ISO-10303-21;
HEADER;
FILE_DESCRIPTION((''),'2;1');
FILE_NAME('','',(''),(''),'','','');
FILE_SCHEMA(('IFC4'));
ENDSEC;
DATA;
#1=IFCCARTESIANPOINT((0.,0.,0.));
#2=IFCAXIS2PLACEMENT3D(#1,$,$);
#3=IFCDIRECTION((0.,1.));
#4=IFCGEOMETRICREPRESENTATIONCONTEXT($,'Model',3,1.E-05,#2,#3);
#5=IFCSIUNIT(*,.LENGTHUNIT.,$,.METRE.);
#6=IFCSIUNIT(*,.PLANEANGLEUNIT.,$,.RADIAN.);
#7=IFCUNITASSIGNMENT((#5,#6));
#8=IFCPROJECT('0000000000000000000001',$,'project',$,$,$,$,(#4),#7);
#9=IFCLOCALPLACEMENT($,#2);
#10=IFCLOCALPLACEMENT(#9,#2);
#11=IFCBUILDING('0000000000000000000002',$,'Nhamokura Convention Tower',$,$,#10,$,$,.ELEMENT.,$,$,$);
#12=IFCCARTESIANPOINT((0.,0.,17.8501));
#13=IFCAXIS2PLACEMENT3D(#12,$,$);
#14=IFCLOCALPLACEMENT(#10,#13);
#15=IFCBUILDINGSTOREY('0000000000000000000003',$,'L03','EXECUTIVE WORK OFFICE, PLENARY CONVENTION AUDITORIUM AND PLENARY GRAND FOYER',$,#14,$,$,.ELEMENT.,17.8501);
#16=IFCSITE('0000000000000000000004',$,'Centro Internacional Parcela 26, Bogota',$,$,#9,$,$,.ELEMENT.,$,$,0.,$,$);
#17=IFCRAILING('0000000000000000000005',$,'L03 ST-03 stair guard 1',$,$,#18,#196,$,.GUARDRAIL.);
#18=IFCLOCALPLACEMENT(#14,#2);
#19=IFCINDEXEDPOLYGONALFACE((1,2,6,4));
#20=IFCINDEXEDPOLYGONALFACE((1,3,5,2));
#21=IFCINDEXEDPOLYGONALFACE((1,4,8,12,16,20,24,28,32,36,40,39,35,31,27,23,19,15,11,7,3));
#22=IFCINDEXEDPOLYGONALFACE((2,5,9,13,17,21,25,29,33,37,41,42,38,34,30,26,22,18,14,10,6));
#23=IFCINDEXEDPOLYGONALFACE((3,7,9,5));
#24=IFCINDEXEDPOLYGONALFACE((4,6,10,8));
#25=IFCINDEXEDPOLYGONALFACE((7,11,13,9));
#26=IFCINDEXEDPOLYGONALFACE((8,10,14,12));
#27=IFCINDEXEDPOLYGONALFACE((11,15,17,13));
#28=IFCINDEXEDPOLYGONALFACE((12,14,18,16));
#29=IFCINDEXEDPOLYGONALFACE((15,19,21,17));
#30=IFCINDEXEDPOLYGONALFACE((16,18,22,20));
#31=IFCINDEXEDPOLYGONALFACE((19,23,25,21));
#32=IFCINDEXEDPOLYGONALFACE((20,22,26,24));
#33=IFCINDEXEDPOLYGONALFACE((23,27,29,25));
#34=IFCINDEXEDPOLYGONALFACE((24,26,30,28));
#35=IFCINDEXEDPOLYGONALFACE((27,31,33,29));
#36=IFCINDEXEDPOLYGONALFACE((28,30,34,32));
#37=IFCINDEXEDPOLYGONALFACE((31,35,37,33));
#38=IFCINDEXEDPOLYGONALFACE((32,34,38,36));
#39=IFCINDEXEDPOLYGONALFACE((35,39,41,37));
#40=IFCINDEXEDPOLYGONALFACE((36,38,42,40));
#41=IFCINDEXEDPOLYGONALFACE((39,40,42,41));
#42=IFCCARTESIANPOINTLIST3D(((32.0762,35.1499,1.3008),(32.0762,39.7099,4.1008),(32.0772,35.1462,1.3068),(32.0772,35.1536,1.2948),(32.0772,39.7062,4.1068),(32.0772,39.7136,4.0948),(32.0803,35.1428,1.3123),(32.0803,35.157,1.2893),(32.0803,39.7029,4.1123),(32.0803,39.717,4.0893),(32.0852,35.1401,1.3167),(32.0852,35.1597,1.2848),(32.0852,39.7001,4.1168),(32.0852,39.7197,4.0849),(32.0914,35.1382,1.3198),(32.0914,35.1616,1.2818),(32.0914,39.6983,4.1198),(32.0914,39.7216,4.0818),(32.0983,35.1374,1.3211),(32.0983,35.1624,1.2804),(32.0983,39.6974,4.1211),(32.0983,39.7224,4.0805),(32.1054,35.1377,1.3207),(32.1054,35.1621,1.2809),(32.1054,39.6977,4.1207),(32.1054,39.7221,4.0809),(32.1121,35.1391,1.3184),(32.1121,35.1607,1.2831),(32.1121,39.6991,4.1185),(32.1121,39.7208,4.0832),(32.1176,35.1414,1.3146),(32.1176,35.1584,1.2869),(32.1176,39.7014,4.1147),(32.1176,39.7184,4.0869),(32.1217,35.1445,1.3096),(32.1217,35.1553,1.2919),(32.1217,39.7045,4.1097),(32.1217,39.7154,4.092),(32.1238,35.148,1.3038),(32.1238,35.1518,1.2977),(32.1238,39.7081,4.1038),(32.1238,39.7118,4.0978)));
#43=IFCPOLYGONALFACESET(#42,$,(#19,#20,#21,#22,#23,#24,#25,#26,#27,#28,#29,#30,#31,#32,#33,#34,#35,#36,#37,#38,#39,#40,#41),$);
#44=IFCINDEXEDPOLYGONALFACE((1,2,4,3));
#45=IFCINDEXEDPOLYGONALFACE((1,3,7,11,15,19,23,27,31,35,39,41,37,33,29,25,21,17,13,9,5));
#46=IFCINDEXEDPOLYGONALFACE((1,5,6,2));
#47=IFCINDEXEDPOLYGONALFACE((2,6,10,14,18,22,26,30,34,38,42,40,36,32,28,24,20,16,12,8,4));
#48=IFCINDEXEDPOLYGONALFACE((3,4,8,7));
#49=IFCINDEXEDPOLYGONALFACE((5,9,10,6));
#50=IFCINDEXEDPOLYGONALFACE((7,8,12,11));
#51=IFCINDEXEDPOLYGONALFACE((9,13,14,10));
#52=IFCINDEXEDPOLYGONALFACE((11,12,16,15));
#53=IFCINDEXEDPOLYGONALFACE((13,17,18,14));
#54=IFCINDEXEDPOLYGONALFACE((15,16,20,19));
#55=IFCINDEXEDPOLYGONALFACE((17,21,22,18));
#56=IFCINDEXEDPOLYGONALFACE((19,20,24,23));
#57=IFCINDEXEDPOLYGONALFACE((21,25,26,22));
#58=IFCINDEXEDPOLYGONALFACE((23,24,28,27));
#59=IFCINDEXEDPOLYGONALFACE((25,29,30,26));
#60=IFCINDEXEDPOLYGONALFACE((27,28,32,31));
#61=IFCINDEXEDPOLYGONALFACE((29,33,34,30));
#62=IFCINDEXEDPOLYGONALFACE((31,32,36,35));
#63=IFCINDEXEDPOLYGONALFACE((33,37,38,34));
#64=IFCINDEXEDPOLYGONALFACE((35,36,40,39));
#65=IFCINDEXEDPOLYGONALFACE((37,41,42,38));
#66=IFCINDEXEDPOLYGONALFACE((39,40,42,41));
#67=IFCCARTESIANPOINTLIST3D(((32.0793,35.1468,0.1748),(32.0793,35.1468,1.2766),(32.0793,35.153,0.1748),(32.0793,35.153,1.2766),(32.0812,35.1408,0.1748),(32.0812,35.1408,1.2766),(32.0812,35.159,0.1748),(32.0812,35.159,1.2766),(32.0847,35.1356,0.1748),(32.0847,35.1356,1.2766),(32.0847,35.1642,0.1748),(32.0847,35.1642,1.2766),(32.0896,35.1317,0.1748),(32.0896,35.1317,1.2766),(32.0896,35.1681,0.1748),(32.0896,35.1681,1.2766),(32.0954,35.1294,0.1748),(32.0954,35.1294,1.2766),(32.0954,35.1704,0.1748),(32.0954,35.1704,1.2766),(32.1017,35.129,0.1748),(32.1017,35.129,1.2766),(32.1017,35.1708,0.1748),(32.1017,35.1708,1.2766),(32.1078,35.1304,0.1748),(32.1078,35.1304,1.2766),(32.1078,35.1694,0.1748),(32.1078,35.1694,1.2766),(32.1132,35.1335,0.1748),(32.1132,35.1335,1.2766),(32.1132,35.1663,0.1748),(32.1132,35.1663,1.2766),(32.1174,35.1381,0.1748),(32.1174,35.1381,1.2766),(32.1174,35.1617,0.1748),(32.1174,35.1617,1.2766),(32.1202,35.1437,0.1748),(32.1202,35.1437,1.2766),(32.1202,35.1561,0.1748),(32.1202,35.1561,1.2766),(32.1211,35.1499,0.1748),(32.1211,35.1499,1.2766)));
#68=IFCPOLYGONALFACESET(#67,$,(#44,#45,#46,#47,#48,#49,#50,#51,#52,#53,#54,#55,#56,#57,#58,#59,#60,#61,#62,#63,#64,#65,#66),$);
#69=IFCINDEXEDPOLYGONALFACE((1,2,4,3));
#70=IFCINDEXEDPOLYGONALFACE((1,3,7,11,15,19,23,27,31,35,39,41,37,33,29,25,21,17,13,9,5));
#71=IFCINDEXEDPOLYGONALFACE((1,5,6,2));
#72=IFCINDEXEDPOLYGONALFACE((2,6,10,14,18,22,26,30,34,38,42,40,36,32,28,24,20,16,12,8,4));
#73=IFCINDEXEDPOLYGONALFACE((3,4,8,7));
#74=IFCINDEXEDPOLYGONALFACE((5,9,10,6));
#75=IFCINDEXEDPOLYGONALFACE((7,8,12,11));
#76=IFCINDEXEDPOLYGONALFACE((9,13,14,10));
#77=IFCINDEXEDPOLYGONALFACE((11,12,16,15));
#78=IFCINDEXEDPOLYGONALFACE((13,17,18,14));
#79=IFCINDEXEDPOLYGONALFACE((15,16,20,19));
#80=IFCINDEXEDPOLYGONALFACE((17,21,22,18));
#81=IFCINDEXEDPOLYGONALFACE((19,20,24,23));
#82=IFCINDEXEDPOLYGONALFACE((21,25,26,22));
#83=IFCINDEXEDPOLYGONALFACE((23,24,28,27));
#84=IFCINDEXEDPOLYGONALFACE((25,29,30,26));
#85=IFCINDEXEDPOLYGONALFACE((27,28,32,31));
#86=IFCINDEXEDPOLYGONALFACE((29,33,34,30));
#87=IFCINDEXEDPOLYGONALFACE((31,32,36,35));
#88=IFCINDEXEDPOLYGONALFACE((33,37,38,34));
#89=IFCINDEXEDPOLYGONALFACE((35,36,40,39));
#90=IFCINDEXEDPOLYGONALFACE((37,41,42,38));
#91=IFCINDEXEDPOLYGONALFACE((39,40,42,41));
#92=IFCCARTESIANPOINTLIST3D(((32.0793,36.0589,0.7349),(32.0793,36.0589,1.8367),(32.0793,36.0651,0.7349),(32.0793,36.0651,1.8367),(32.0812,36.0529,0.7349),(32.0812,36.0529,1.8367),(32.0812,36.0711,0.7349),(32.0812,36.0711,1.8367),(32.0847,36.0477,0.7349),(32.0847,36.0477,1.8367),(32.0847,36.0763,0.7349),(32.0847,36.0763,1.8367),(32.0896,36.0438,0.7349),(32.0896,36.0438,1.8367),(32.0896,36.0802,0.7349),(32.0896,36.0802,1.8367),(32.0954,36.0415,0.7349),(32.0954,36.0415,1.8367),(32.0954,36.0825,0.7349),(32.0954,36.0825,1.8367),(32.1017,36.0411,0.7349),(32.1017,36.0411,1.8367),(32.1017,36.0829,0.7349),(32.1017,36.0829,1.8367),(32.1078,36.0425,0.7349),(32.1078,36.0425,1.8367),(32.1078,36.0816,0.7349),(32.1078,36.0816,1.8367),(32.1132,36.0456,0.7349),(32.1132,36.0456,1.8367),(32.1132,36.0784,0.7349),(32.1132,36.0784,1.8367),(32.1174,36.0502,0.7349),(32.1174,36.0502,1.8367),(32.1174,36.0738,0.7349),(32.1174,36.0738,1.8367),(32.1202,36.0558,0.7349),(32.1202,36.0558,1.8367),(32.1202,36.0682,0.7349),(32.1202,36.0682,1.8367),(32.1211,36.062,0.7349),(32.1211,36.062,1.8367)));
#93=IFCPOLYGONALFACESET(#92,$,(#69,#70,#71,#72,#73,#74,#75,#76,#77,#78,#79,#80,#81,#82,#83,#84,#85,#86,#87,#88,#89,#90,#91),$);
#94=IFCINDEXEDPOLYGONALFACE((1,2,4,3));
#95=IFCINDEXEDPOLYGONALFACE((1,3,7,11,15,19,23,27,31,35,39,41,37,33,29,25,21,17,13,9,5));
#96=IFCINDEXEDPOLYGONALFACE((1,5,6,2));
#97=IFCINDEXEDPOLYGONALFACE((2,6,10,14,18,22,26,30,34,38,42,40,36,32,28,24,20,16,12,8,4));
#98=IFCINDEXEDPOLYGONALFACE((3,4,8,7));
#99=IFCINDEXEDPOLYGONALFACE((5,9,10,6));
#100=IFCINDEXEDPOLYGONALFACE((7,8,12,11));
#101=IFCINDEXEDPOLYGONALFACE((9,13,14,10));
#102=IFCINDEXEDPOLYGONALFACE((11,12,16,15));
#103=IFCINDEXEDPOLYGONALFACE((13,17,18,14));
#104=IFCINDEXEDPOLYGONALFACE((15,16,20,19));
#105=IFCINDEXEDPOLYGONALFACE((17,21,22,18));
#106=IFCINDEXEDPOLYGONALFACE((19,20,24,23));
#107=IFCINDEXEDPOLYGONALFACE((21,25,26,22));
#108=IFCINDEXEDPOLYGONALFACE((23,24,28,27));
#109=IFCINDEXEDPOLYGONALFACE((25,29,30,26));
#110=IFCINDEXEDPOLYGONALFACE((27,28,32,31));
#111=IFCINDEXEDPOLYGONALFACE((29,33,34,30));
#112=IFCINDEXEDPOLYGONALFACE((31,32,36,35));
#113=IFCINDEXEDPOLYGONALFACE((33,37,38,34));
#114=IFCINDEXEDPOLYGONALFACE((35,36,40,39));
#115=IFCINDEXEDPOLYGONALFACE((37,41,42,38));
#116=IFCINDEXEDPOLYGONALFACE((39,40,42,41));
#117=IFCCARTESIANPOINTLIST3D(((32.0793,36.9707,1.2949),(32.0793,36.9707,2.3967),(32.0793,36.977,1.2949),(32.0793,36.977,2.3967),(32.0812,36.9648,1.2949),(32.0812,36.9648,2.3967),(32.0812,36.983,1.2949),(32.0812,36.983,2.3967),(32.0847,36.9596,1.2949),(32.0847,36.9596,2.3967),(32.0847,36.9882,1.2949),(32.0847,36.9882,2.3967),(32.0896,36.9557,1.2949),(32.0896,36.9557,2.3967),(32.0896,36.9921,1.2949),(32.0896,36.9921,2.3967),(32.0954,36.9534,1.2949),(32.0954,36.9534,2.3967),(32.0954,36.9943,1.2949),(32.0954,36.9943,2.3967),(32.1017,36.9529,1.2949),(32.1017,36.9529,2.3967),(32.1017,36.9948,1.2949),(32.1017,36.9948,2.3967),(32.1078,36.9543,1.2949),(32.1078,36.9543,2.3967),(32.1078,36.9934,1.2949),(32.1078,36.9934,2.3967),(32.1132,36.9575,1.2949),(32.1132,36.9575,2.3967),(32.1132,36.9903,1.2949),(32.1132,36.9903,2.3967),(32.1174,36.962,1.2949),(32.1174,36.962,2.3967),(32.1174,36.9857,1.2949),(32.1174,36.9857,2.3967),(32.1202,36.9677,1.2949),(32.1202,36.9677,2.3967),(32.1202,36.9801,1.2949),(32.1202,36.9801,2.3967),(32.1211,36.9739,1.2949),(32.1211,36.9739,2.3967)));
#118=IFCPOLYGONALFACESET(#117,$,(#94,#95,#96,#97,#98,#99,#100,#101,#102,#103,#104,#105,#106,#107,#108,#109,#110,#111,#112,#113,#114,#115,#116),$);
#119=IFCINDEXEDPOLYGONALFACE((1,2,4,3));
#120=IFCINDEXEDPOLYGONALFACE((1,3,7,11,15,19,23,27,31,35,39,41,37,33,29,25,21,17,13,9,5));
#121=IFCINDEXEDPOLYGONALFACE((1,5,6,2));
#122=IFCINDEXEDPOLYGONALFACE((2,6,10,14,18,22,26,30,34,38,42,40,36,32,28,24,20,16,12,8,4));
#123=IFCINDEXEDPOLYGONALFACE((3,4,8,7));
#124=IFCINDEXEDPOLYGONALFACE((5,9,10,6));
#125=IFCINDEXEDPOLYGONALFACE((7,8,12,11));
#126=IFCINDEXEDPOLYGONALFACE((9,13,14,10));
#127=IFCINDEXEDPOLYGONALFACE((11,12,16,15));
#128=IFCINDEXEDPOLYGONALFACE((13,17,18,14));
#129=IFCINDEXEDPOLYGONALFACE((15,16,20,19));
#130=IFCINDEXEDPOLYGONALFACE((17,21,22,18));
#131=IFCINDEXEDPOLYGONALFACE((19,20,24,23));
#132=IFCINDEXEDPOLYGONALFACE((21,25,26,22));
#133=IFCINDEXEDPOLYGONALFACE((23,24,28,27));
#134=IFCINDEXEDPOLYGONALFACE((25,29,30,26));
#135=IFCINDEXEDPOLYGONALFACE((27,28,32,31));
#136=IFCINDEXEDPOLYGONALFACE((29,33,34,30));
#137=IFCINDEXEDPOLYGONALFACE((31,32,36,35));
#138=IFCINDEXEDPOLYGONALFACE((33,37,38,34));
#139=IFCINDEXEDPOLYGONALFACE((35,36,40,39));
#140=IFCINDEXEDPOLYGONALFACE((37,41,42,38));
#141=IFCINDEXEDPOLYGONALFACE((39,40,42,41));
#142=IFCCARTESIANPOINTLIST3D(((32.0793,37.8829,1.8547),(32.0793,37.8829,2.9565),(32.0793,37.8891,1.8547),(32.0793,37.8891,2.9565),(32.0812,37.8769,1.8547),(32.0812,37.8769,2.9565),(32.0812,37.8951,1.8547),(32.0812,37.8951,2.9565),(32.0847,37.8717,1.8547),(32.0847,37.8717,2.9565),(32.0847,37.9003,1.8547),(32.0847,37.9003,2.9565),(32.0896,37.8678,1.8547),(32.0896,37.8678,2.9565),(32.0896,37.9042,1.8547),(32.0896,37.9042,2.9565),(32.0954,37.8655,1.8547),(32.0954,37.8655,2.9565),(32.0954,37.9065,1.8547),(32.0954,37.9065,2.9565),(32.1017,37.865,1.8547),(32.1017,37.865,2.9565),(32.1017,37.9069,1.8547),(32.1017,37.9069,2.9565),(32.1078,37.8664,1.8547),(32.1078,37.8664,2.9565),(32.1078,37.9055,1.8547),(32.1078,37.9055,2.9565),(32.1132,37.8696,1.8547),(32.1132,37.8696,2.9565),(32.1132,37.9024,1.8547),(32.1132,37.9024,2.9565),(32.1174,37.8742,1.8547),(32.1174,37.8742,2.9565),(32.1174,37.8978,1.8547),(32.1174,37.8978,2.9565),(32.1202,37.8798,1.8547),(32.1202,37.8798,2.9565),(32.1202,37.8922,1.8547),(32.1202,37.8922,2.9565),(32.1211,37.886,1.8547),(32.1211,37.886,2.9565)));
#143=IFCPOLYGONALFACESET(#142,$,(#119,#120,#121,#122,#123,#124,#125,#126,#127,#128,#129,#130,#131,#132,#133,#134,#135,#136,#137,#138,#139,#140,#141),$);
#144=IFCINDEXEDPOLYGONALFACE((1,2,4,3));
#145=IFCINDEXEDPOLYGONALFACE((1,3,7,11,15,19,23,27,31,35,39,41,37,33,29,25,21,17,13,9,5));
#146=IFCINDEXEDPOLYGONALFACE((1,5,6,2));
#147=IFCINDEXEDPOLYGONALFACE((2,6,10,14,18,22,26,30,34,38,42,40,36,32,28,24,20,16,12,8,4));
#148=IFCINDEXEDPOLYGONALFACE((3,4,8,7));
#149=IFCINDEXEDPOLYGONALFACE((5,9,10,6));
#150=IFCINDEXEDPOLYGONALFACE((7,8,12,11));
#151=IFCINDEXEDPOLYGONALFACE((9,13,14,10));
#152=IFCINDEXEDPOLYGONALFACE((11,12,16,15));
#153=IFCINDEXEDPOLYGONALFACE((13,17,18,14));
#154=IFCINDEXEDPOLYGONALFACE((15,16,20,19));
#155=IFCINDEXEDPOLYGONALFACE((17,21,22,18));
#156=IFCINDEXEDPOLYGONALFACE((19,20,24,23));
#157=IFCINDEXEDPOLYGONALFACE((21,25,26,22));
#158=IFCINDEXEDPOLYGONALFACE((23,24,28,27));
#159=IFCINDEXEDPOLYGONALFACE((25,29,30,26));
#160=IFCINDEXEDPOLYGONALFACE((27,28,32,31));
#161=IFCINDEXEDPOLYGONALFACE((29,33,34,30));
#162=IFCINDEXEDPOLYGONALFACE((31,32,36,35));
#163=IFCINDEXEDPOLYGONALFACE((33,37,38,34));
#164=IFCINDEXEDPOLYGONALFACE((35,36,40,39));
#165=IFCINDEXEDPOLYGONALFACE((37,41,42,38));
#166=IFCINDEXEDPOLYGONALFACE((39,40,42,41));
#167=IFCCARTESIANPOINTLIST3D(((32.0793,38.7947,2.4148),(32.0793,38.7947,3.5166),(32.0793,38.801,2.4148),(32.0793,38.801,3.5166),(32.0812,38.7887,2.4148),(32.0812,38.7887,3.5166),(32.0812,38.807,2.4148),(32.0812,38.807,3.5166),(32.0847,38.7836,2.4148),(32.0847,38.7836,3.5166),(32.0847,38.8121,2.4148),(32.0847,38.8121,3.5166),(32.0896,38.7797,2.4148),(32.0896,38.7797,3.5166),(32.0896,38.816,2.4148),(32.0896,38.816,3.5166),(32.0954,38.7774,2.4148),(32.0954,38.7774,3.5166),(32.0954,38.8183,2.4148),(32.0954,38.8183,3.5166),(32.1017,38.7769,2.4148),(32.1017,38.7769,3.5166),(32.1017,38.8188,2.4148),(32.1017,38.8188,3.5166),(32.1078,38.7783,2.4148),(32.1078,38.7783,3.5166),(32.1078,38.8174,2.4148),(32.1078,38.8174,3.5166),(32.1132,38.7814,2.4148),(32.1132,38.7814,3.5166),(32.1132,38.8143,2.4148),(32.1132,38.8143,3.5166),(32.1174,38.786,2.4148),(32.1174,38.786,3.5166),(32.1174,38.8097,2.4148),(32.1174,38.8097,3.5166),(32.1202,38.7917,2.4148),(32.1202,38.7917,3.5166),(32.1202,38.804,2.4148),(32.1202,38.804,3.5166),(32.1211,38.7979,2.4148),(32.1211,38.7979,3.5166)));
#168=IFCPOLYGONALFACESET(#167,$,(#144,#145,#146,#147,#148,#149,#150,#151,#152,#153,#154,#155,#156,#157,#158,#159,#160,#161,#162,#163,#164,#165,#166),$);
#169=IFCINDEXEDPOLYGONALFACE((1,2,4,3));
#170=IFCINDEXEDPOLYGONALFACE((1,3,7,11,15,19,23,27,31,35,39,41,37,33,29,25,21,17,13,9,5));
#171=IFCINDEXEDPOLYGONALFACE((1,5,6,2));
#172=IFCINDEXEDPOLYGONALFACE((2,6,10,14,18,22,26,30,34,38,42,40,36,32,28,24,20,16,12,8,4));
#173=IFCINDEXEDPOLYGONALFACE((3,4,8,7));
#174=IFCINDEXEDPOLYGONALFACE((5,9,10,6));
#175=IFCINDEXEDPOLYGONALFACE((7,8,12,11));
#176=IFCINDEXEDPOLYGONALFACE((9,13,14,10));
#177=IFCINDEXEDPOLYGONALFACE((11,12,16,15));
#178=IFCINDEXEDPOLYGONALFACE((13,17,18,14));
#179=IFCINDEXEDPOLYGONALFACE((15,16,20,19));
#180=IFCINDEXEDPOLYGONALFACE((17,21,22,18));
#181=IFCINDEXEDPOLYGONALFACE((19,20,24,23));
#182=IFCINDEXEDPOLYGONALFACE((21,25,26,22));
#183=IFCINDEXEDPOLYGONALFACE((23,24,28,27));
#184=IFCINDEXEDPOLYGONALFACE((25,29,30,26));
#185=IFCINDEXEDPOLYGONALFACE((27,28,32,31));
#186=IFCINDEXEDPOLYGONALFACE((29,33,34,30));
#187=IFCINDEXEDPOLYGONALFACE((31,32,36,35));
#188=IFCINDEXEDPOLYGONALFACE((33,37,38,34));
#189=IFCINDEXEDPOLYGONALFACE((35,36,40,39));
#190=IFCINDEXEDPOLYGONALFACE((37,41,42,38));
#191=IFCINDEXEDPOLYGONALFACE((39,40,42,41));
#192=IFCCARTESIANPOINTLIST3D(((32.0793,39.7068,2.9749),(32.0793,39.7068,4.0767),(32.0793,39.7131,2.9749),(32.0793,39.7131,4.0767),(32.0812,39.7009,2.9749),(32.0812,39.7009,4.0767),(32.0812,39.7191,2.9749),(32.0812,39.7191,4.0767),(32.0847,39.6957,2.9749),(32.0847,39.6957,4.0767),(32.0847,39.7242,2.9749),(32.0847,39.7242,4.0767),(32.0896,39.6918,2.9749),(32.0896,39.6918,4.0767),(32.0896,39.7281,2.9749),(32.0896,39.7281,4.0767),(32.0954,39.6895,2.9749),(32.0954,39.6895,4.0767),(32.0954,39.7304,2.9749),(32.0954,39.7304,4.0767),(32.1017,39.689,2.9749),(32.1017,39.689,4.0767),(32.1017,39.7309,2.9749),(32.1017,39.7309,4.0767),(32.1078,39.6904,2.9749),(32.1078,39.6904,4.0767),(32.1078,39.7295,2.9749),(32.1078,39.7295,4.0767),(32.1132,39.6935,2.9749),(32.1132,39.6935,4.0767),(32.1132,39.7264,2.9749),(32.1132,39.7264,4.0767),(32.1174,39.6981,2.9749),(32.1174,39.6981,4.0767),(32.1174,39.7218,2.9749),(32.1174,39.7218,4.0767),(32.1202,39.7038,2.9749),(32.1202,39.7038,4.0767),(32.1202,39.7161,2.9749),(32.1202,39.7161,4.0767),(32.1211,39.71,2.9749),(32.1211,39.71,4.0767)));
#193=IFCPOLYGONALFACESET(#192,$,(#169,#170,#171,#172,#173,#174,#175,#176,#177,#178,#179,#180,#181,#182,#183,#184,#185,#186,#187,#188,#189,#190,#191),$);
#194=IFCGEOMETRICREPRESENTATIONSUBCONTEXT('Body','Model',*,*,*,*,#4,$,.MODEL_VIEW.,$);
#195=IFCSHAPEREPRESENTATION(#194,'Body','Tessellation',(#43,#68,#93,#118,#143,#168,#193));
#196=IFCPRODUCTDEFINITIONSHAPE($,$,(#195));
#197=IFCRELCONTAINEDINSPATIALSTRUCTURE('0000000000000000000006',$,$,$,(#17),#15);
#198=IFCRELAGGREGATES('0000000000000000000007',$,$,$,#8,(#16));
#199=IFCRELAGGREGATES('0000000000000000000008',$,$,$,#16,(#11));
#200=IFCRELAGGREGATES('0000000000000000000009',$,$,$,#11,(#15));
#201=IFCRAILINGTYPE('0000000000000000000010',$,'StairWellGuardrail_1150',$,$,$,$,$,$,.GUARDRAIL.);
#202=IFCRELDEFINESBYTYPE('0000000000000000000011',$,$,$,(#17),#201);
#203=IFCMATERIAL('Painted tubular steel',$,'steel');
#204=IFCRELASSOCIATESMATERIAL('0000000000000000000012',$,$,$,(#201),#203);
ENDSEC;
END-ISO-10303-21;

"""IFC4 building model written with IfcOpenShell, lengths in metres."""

from ifc_helpers import new_model, si_unit, direction, frame, origin, origin_2d, place, context, subcontext, project, spatial, circle, extrude, material, type_object, element, save


model = new_model("IFC4")

# Units and contexts
model_context = context("Model", 3, precision=1e-05, world=origin(), true_north=direction((0.0, 1.0)))
body_context = subcontext(model_context, "Body", "Model", "MODEL_VIEW")
ifc_project = project(units=[si_unit("LENGTHUNIT", "METRE"), si_unit("PLANEANGLEUNIT", "RADIAN")], contexts=[model_context])

# Site, building, storey
site_placement = place(None, origin())
site = spatial("IfcSite", under=ifc_project, at=site_placement, Name="Centro Internacional Parcela 26, Bogota", CompositionType="ELEMENT", RefElevation=0.0)
building_placement = place(site_placement, origin())
building = spatial("IfcBuilding", under=site, at=building_placement, Name="Nhamokura Convention Tower", CompositionType="ELEMENT")
storey_placement = place(building_placement, frame((0.0, 0.0, 17.8501)))
storey = spatial("IfcBuildingStorey", under=building, at=storey_placement, Name="L03", Description="EXECUTIVE WORK OFFICE, PLENARY CONVENTION AUDITORIUM AND PLENARY GRAND FOYER", CompositionType="ELEMENT", Elevation=17.8501)

# Railing
ifc_material_1 = material(Name="Painted tubular steel", Category="steel")
railing_type_1 = type_object("IfcRailingType", Name="StairWellGuardrail_1150", PredefinedType="GUARDRAIL", material=ifc_material_1)
railing_1_placement = place(storey_placement, frame((32.1001, 35.1499, 0.1748)))
element("IfcRailing", 1, at=railing_1_placement, inside=storey, type_object=railing_type_1, Name="L03 ST-03 stair guard 1", PredefinedType="GUARDRAIL", context=body_context, shape_type="SweptSolid", body=[
    extrude(circle(Radius=0.0239, at=origin_2d()), frame((0.0, 0.0, 1.126), z_axis=(0.0, 0.85217, 0.523265), x_axis=(-1.0, 0.0, 0.0)), (0.0, 0.0, 1.0), 5.3511),
    extrude(circle(Radius=0.021, at=origin_2d()), origin(), (0.0, 0.0, 1.0), 1.1018),
    extrude(circle(Radius=0.021, at=origin_2d()), frame((0.0, 0.9121, 0.5601)), (0.0, 0.0, 1.0), 1.1018),
    extrude(circle(Radius=0.021, at=origin_2d()), frame((0.0, 1.824, 1.1201)), (0.0, 0.0, 1.0), 1.1018),
    extrude(circle(Radius=0.021, at=origin_2d()), frame((0.0, 2.7361, 1.6799)), (0.0, 0.0, 1.0), 1.1018),
    extrude(circle(Radius=0.021, at=origin_2d()), frame((0.0, 3.6479, 2.24)), (0.0, 0.0, 1.0), 1.1018),
    extrude(circle(Radius=0.021, at=origin_2d()), frame((0.0, 4.5601, 2.8)), (0.0, 0.0, 1.0), 1.1018),
])

save(model, "model.ifc")
